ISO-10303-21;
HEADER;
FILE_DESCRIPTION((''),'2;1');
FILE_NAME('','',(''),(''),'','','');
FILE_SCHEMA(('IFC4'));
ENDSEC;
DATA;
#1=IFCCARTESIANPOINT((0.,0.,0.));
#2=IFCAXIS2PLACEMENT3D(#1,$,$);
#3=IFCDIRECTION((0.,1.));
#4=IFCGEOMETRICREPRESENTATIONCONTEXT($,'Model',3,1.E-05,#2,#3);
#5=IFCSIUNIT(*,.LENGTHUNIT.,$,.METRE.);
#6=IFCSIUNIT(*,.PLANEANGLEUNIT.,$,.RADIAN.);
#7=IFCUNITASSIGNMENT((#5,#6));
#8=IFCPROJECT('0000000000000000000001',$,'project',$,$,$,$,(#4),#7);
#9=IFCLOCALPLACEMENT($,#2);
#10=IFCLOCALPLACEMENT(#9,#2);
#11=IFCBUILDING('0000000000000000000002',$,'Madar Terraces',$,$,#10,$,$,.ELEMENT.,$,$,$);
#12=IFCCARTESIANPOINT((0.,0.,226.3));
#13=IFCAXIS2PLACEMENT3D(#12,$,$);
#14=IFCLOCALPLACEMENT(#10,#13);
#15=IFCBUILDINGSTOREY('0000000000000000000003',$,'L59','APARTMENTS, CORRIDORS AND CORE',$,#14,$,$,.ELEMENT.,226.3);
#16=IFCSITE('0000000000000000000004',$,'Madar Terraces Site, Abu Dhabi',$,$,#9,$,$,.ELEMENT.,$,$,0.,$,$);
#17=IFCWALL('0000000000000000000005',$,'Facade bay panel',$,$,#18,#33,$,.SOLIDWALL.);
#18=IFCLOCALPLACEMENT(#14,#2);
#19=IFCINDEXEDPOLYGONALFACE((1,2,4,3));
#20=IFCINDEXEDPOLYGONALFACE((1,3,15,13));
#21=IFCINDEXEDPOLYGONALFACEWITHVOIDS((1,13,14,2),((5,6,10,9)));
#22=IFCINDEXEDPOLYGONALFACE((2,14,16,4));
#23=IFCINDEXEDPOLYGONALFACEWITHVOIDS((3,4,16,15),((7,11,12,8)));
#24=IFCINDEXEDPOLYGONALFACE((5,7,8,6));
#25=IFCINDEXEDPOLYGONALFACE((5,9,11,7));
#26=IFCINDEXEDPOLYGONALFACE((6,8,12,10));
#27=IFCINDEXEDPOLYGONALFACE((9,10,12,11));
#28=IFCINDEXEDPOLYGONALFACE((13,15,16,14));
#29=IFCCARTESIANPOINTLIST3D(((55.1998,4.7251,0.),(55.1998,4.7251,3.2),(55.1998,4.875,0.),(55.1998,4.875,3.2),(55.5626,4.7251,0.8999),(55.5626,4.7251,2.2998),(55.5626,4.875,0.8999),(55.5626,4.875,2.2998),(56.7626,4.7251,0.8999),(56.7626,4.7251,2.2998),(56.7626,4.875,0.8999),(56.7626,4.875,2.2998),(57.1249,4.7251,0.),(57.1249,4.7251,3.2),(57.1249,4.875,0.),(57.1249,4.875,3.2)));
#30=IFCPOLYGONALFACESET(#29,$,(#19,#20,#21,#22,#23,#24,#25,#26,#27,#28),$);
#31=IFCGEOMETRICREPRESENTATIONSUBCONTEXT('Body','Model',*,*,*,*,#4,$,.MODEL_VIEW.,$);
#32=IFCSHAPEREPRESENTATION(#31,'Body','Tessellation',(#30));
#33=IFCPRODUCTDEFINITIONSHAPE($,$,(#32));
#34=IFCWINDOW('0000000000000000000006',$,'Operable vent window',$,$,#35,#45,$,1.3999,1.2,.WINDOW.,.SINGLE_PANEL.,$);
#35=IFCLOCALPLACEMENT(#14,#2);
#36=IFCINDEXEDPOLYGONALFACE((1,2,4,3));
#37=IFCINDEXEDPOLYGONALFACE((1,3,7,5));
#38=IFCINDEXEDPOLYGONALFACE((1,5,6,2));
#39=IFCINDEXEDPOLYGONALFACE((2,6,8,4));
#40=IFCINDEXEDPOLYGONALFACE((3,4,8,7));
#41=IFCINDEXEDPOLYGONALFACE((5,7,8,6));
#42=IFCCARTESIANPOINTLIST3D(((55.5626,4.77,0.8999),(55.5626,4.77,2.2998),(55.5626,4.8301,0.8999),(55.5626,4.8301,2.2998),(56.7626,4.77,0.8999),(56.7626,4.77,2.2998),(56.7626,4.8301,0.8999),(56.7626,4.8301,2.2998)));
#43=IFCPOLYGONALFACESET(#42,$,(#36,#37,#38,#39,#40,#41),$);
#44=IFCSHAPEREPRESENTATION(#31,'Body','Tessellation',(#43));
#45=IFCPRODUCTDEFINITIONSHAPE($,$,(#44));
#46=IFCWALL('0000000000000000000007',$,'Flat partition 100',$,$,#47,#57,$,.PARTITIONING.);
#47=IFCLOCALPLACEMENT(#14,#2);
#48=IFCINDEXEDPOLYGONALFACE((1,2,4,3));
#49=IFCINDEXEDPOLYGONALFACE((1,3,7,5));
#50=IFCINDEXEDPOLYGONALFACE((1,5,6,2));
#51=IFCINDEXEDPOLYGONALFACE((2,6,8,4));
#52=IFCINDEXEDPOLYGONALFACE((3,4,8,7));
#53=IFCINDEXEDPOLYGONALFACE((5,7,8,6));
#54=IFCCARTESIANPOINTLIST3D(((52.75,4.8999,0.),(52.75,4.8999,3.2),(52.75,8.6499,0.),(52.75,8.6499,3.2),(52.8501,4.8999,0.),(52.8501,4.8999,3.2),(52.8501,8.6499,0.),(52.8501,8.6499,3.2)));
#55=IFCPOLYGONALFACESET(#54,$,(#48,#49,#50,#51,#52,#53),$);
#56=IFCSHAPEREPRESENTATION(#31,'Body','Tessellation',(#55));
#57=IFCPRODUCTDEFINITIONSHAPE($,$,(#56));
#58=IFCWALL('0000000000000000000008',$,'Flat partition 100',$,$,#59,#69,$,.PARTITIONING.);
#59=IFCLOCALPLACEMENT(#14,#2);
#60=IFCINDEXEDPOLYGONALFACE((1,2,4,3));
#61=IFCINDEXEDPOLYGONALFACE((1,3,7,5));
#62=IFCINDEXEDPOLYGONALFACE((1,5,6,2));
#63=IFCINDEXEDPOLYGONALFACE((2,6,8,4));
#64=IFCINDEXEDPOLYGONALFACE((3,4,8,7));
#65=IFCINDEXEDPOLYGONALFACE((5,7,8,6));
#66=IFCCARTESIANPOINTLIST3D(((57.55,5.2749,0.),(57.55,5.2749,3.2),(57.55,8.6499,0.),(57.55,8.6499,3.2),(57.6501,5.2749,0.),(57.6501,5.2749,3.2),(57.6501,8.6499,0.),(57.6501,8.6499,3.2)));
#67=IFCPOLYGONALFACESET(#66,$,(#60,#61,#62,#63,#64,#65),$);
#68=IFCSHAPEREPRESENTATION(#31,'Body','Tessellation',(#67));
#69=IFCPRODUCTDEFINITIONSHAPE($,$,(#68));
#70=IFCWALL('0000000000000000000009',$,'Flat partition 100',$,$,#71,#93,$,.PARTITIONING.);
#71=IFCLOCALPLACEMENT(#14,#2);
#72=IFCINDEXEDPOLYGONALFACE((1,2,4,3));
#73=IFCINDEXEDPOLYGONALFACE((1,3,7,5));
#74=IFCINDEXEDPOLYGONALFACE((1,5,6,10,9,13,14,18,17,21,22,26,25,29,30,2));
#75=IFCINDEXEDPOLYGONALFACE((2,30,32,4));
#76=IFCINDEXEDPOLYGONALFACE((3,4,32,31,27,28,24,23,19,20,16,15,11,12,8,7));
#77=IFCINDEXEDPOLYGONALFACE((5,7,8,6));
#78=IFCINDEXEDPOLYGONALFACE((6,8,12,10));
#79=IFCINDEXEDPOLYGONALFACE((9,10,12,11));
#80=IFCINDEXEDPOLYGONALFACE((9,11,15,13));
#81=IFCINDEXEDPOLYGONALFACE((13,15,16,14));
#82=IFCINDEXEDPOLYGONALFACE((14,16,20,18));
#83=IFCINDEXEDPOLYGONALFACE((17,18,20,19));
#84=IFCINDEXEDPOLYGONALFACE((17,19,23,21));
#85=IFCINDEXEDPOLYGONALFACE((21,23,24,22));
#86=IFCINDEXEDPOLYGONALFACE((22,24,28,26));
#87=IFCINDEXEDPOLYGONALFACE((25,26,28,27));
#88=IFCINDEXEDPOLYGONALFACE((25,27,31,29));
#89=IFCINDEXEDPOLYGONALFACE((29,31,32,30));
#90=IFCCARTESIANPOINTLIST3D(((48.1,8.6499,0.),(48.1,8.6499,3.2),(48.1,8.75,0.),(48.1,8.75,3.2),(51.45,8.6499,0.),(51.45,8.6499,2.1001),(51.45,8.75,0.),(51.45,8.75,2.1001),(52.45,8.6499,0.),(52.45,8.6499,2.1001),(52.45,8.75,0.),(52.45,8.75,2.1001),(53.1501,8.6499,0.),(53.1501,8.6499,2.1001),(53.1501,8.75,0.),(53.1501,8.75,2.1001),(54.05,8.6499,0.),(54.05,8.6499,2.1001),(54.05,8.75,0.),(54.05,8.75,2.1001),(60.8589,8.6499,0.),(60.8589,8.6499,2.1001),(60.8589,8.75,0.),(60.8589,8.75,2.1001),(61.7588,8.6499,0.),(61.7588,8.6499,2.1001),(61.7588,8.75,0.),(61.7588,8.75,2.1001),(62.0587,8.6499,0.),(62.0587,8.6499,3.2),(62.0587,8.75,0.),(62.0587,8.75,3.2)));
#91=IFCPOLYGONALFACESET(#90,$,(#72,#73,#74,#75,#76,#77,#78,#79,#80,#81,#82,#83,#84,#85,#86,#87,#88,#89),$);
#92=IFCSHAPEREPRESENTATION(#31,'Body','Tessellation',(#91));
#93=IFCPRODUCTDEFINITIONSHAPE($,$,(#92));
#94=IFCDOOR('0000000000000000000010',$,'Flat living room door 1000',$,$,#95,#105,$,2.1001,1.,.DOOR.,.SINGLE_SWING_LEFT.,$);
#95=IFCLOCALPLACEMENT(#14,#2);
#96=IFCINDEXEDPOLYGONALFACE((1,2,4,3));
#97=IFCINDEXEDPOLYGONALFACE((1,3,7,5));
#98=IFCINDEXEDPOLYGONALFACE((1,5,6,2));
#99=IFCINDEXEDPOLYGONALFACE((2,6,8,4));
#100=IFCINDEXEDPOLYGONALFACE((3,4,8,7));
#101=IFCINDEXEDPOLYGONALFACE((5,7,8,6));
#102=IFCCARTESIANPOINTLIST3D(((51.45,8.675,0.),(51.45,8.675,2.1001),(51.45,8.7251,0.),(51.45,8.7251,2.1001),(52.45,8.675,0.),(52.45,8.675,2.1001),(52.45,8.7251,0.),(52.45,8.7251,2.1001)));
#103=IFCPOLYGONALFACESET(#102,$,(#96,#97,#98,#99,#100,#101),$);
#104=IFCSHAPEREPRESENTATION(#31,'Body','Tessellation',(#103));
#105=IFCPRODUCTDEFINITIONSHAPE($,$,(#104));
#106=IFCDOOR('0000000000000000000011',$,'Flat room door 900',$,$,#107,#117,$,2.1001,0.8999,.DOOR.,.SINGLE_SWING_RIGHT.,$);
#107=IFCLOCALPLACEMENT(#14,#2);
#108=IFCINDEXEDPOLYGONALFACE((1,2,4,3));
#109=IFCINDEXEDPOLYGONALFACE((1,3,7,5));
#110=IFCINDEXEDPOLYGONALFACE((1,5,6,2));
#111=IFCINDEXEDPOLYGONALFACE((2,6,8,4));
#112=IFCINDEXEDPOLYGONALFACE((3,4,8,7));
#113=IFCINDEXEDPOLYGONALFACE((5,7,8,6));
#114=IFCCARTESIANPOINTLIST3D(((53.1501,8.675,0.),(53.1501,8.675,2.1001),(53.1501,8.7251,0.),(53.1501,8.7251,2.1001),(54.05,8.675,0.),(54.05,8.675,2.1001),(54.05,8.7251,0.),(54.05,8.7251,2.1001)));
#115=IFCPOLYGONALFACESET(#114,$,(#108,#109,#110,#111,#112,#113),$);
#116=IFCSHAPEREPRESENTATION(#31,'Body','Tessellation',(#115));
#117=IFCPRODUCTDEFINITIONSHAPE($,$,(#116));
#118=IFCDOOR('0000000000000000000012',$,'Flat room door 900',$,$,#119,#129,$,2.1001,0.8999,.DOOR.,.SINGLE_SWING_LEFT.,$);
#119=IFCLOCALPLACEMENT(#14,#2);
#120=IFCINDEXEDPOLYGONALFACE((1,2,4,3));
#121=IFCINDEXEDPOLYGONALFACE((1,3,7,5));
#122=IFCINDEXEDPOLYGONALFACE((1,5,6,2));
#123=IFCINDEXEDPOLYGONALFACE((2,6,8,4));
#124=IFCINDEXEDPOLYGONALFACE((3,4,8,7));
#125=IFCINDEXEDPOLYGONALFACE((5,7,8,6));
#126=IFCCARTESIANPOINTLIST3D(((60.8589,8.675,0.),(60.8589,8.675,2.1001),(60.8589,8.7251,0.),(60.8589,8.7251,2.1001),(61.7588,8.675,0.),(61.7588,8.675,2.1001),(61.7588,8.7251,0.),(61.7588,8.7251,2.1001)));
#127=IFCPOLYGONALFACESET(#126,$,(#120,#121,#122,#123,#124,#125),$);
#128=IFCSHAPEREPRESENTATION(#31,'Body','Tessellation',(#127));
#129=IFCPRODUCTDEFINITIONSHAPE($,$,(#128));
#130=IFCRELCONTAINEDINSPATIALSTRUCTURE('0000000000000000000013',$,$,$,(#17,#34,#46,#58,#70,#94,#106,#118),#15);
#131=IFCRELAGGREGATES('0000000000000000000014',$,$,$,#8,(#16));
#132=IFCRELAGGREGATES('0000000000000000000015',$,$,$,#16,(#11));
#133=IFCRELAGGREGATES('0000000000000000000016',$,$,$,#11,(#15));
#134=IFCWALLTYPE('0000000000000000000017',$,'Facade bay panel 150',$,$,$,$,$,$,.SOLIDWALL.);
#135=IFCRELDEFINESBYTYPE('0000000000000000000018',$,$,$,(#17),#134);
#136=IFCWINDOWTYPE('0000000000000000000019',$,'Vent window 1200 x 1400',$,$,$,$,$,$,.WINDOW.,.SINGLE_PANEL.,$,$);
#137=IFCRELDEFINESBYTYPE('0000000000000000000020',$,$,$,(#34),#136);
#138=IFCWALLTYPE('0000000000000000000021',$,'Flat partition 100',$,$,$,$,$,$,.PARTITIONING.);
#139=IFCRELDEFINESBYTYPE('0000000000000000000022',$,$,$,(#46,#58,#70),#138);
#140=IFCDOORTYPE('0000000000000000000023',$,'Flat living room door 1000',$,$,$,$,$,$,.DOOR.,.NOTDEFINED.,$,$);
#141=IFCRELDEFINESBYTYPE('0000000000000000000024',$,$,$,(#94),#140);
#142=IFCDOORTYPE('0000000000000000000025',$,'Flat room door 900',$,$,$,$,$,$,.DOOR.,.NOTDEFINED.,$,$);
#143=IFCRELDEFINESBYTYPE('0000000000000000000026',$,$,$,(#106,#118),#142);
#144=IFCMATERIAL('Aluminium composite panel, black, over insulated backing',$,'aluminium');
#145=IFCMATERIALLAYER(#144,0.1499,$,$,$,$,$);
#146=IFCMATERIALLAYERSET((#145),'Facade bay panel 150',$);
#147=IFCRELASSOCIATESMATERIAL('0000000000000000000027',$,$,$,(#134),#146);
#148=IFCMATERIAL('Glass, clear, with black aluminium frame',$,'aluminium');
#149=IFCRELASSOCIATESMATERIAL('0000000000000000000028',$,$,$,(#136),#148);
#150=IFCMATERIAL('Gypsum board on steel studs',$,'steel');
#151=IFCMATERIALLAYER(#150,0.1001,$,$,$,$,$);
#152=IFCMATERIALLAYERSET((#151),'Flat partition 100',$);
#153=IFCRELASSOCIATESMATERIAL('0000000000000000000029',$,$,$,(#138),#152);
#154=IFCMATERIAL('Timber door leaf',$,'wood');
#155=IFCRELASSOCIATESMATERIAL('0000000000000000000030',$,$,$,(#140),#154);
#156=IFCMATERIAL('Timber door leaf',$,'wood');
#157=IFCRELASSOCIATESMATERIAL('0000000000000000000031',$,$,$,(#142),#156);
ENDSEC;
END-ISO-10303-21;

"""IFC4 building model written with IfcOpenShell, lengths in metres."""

from ifc_helpers import new_model, si_unit, direction, frame, frame_2d, origin, place, context, subcontext, project, spatial, rectangle, extrude, material, layer, layer_set, type_object, element, fill, save


model = new_model("IFC4")

# Units and contexts
model_context = context("Model", 3, precision=1e-05, world=origin(), true_north=direction((0.0, 1.0)))
body_context = subcontext(model_context, "Body", "Model", "MODEL_VIEW")
ifc_project = project(units=[si_unit("LENGTHUNIT", "METRE"), si_unit("PLANEANGLEUNIT", "RADIAN")], contexts=[model_context])

# Site, building, storey
site_placement = place(None, origin())
site = spatial("IfcSite", under=ifc_project, at=site_placement, Name="Madar Terraces Site, Abu Dhabi", CompositionType="ELEMENT", RefElevation=0.0)
building_placement = place(site_placement, origin())
building = spatial("IfcBuilding", under=site, at=building_placement, Name="Madar Terraces", CompositionType="ELEMENT")
storey_placement = place(building_placement, frame((0.0, 0.0, 226.3)))
storey = spatial("IfcBuildingStorey", under=building, at=storey_placement, Name="L59", Description="APARTMENTS, CORRIDORS AND CORE", CompositionType="ELEMENT", Elevation=226.3)

# Shared definitions
ifc_material_1 = material(Name="Aluminium composite panel, black, over insulated backing", Category="aluminium")
ifc_layer_1 = layer(ifc_material_1, 0.1499)
ifc_layer_set_1 = layer_set([ifc_layer_1], Name="Facade bay panel 150")
wall_type_1 = type_object("IfcWallType", Name="Facade bay panel 150", PredefinedType="SOLIDWALL", material=ifc_layer_set_1)

# Wall, opening, window
wall_1_placement = place(storey_placement, frame((55.2, 4.8, 0.0), z_axis=(0.0, 0.0, 1.0), x_axis=(1.0, 0.0, 0.0)))
wall_1 = element("IfcWall", 1, at=wall_1_placement, inside=storey, type_object=wall_type_1, Name="Facade bay panel", PredefinedType="SOLIDWALL", context=body_context, shape_type="SweptSolid", body=[
    extrude(rectangle(XDim=1.925, YDim=0.1499, at=frame_2d((0.9624, 0.0))), origin(), (0.0, 0.0, 1.0), 3.2),
])
opening_1_placement = place(wall_1_placement, frame((0.3625, 0.0, 0.8999)))
opening_1 = element("IfcOpeningElement", 2, at=opening_1_placement, cuts=wall_1, PredefinedType="OPENING", context=body_context, shape_type="SweptSolid", body=[
    extrude(rectangle(XDim=1.2, YDim=1.3999, at=frame_2d((0.6001, 0.7))), frame((0.0, 0.085, 0.0), z_axis=(0.0, -1.0, 0.0), x_axis=(1.0, 0.0, 0.0)), (0.0, 0.0, 1.0), 0.1699),
])
ifc_material_2 = material(Name="Glass, clear, with black aluminium frame", Category="aluminium")
window_type = type_object("IfcWindowType", Name="Vent window 1200 x 1400", PartitioningType="SINGLE_PANEL", PredefinedType="WINDOW", material=ifc_material_2)
window_placement = place(opening_1_placement, origin())
window = element("IfcWindow", 3, at=window_placement, inside=storey, type_object=window_type, Name="Operable vent window", OverallHeight=1.3999, OverallWidth=1.2, PartitioningType="SINGLE_PANEL", PredefinedType="WINDOW", context=body_context, shape_type="SweptSolid", body=[
    extrude(rectangle(XDim=1.2, YDim=1.3999, at=frame_2d((0.6001, 0.7))), frame((0.0, 0.03, 0.0), z_axis=(0.0, -1.0, 0.0), x_axis=(1.0, 0.0, 0.0)), (0.0, 0.0, 1.0), 0.0601),
])
fill(opening_1, window)

# Walls
ifc_material_3 = material(Name="Gypsum board on steel studs", Category="steel")
ifc_layer_2 = layer(ifc_material_3, 0.1001)
ifc_layer_set_2 = layer_set([ifc_layer_2], Name="Flat partition 100")
wall_type_2 = type_object("IfcWallType", Name="Flat partition 100", PredefinedType="PARTITIONING", material=ifc_layer_set_2)
wall_2_placement = place(storey_placement, frame((52.8, 8.6499, 0.0), z_axis=(0.0, 0.0, 1.0), x_axis=(0.0, -1.0, 0.0)))
element("IfcWall", 4, at=wall_2_placement, inside=storey, type_object=wall_type_2, Name="Flat partition 100", PredefinedType="PARTITIONING", context=body_context, shape_type="SweptSolid", body=[
    extrude(rectangle(XDim=3.75, YDim=0.1001, at=frame_2d((1.875, 0.0))), origin(), (0.0, 0.0, 1.0), 3.2),
])
wall_3_placement = place(storey_placement, frame((57.6001, 8.6499, 0.0), z_axis=(0.0, 0.0, 1.0), x_axis=(0.0, -1.0, 0.0)))
element("IfcWall", 5, at=wall_3_placement, inside=storey, type_object=wall_type_2, Name="Flat partition 100", PredefinedType="PARTITIONING", context=body_context, shape_type="SweptSolid", body=[
    extrude(rectangle(XDim=3.375, YDim=0.1001, at=frame_2d((1.6875, 0.0))), origin(), (0.0, 0.0, 1.0), 3.2),
])

# Wall, openings, doors
wall_4_placement = place(storey_placement, frame((62.0588, 8.7, 0.0), z_axis=(0.0, 0.0, 1.0), x_axis=(-1.0, 0.0, 0.0)))
wall_4 = element("IfcWall", 6, at=wall_4_placement, inside=storey, type_object=wall_type_2, Name="Flat partition 100", PredefinedType="PARTITIONING", context=body_context, shape_type="SweptSolid", body=[
    extrude(rectangle(XDim=13.9587, YDim=0.1001, at=frame_2d((6.9795, 0.0))), origin(), (0.0, 0.0, 1.0), 3.2),
])
opening_2_placement = place(wall_4_placement, frame((9.6089, 0.0, 0.0)))
opening_2 = element("IfcOpeningElement", 7, at=opening_2_placement, cuts=wall_4, PredefinedType="OPENING", context=body_context, shape_type="SweptSolid", body=[
    extrude(rectangle(XDim=1.0, YDim=2.1001, at=frame_2d((0.5, 1.05))), frame((0.0, 0.0601, 0.0), z_axis=(0.0, -1.0, 0.0), x_axis=(1.0, 0.0, 0.0)), (0.0, 0.0, 1.0), 0.1201),
])
opening_3_placement = place(wall_4_placement, frame((8.0088, 0.0, 0.0)))
opening_3 = element("IfcOpeningElement", 8, at=opening_3_placement, cuts=wall_4, PredefinedType="OPENING", context=body_context, shape_type="SweptSolid", body=[
    extrude(rectangle(XDim=0.8999, YDim=2.1001, at=frame_2d((0.45, 1.05))), frame((0.0, 0.0601, 0.0), z_axis=(0.0, -1.0, 0.0), x_axis=(1.0, 0.0, 0.0)), (0.0, 0.0, 1.0), 0.1201),
])
opening_4_placement = place(wall_4_placement, frame((0.3, 0.0, 0.0)))
opening_4 = element("IfcOpeningElement", 9, at=opening_4_placement, cuts=wall_4, PredefinedType="OPENING", context=body_context, shape_type="SweptSolid", body=[
    extrude(rectangle(XDim=0.8999, YDim=2.1001, at=frame_2d((0.45, 1.05))), frame((0.0, 0.0601, 0.0), z_axis=(0.0, -1.0, 0.0), x_axis=(1.0, 0.0, 0.0)), (0.0, 0.0, 1.0), 0.1201),
])
ifc_material_4 = material(Name="Timber door leaf", Category="wood")
door_type_1 = type_object("IfcDoorType", Name="Flat living room door 1000", OperationType="NOTDEFINED", PredefinedType="DOOR", material=ifc_material_4)
door_1_placement = place(opening_2_placement, origin())
door_1 = element("IfcDoor", 10, at=door_1_placement, inside=storey, type_object=door_type_1, Name="Flat living room door 1000", OperationType="SINGLE_SWING_LEFT", OverallHeight=2.1001, OverallWidth=1.0, PredefinedType="DOOR", context=body_context, shape_type="SweptSolid", body=[
    extrude(rectangle(XDim=1.0, YDim=2.1001, at=frame_2d((0.5, 1.05))), frame((0.0, 0.0249, 0.0), z_axis=(0.0, -1.0, 0.0), x_axis=(1.0, 0.0, 0.0)), (0.0, 0.0, 1.0), 0.05),
])
fill(opening_2, door_1)
ifc_material_5 = material(Name="Timber door leaf", Category="wood")
door_type_2 = type_object("IfcDoorType", Name="Flat room door 900", OperationType="NOTDEFINED", PredefinedType="DOOR", material=ifc_material_5)
door_2_placement = place(opening_3_placement, origin())
door_2 = element("IfcDoor", 11, at=door_2_placement, inside=storey, type_object=door_type_2, Name="Flat room door 900", OperationType="SINGLE_SWING_RIGHT", OverallHeight=2.1001, OverallWidth=0.8999, PredefinedType="DOOR", context=body_context, shape_type="SweptSolid", body=[
    extrude(rectangle(XDim=0.8999, YDim=2.1001, at=frame_2d((0.45, 1.05))), frame((0.0, 0.0249, 0.0), z_axis=(0.0, -1.0, 0.0), x_axis=(1.0, 0.0, 0.0)), (0.0, 0.0, 1.0), 0.05),
])
fill(opening_3, door_2)
door_3_placement = place(opening_4_placement, origin())
door_3 = element("IfcDoor", 12, at=door_3_placement, inside=storey, type_object=door_type_2, Name="Flat room door 900", OperationType="SINGLE_SWING_LEFT", OverallHeight=2.1001, OverallWidth=0.8999, PredefinedType="DOOR", context=body_context, shape_type="SweptSolid", body=[
    extrude(rectangle(XDim=0.8999, YDim=2.1001, at=frame_2d((0.45, 1.05))), frame((0.0, 0.0249, 0.0), z_axis=(0.0, -1.0, 0.0), x_axis=(1.0, 0.0, 0.0)), (0.0, 0.0, 1.0), 0.05),
])
fill(opening_4, door_3)

save(model, "model.ifc")
